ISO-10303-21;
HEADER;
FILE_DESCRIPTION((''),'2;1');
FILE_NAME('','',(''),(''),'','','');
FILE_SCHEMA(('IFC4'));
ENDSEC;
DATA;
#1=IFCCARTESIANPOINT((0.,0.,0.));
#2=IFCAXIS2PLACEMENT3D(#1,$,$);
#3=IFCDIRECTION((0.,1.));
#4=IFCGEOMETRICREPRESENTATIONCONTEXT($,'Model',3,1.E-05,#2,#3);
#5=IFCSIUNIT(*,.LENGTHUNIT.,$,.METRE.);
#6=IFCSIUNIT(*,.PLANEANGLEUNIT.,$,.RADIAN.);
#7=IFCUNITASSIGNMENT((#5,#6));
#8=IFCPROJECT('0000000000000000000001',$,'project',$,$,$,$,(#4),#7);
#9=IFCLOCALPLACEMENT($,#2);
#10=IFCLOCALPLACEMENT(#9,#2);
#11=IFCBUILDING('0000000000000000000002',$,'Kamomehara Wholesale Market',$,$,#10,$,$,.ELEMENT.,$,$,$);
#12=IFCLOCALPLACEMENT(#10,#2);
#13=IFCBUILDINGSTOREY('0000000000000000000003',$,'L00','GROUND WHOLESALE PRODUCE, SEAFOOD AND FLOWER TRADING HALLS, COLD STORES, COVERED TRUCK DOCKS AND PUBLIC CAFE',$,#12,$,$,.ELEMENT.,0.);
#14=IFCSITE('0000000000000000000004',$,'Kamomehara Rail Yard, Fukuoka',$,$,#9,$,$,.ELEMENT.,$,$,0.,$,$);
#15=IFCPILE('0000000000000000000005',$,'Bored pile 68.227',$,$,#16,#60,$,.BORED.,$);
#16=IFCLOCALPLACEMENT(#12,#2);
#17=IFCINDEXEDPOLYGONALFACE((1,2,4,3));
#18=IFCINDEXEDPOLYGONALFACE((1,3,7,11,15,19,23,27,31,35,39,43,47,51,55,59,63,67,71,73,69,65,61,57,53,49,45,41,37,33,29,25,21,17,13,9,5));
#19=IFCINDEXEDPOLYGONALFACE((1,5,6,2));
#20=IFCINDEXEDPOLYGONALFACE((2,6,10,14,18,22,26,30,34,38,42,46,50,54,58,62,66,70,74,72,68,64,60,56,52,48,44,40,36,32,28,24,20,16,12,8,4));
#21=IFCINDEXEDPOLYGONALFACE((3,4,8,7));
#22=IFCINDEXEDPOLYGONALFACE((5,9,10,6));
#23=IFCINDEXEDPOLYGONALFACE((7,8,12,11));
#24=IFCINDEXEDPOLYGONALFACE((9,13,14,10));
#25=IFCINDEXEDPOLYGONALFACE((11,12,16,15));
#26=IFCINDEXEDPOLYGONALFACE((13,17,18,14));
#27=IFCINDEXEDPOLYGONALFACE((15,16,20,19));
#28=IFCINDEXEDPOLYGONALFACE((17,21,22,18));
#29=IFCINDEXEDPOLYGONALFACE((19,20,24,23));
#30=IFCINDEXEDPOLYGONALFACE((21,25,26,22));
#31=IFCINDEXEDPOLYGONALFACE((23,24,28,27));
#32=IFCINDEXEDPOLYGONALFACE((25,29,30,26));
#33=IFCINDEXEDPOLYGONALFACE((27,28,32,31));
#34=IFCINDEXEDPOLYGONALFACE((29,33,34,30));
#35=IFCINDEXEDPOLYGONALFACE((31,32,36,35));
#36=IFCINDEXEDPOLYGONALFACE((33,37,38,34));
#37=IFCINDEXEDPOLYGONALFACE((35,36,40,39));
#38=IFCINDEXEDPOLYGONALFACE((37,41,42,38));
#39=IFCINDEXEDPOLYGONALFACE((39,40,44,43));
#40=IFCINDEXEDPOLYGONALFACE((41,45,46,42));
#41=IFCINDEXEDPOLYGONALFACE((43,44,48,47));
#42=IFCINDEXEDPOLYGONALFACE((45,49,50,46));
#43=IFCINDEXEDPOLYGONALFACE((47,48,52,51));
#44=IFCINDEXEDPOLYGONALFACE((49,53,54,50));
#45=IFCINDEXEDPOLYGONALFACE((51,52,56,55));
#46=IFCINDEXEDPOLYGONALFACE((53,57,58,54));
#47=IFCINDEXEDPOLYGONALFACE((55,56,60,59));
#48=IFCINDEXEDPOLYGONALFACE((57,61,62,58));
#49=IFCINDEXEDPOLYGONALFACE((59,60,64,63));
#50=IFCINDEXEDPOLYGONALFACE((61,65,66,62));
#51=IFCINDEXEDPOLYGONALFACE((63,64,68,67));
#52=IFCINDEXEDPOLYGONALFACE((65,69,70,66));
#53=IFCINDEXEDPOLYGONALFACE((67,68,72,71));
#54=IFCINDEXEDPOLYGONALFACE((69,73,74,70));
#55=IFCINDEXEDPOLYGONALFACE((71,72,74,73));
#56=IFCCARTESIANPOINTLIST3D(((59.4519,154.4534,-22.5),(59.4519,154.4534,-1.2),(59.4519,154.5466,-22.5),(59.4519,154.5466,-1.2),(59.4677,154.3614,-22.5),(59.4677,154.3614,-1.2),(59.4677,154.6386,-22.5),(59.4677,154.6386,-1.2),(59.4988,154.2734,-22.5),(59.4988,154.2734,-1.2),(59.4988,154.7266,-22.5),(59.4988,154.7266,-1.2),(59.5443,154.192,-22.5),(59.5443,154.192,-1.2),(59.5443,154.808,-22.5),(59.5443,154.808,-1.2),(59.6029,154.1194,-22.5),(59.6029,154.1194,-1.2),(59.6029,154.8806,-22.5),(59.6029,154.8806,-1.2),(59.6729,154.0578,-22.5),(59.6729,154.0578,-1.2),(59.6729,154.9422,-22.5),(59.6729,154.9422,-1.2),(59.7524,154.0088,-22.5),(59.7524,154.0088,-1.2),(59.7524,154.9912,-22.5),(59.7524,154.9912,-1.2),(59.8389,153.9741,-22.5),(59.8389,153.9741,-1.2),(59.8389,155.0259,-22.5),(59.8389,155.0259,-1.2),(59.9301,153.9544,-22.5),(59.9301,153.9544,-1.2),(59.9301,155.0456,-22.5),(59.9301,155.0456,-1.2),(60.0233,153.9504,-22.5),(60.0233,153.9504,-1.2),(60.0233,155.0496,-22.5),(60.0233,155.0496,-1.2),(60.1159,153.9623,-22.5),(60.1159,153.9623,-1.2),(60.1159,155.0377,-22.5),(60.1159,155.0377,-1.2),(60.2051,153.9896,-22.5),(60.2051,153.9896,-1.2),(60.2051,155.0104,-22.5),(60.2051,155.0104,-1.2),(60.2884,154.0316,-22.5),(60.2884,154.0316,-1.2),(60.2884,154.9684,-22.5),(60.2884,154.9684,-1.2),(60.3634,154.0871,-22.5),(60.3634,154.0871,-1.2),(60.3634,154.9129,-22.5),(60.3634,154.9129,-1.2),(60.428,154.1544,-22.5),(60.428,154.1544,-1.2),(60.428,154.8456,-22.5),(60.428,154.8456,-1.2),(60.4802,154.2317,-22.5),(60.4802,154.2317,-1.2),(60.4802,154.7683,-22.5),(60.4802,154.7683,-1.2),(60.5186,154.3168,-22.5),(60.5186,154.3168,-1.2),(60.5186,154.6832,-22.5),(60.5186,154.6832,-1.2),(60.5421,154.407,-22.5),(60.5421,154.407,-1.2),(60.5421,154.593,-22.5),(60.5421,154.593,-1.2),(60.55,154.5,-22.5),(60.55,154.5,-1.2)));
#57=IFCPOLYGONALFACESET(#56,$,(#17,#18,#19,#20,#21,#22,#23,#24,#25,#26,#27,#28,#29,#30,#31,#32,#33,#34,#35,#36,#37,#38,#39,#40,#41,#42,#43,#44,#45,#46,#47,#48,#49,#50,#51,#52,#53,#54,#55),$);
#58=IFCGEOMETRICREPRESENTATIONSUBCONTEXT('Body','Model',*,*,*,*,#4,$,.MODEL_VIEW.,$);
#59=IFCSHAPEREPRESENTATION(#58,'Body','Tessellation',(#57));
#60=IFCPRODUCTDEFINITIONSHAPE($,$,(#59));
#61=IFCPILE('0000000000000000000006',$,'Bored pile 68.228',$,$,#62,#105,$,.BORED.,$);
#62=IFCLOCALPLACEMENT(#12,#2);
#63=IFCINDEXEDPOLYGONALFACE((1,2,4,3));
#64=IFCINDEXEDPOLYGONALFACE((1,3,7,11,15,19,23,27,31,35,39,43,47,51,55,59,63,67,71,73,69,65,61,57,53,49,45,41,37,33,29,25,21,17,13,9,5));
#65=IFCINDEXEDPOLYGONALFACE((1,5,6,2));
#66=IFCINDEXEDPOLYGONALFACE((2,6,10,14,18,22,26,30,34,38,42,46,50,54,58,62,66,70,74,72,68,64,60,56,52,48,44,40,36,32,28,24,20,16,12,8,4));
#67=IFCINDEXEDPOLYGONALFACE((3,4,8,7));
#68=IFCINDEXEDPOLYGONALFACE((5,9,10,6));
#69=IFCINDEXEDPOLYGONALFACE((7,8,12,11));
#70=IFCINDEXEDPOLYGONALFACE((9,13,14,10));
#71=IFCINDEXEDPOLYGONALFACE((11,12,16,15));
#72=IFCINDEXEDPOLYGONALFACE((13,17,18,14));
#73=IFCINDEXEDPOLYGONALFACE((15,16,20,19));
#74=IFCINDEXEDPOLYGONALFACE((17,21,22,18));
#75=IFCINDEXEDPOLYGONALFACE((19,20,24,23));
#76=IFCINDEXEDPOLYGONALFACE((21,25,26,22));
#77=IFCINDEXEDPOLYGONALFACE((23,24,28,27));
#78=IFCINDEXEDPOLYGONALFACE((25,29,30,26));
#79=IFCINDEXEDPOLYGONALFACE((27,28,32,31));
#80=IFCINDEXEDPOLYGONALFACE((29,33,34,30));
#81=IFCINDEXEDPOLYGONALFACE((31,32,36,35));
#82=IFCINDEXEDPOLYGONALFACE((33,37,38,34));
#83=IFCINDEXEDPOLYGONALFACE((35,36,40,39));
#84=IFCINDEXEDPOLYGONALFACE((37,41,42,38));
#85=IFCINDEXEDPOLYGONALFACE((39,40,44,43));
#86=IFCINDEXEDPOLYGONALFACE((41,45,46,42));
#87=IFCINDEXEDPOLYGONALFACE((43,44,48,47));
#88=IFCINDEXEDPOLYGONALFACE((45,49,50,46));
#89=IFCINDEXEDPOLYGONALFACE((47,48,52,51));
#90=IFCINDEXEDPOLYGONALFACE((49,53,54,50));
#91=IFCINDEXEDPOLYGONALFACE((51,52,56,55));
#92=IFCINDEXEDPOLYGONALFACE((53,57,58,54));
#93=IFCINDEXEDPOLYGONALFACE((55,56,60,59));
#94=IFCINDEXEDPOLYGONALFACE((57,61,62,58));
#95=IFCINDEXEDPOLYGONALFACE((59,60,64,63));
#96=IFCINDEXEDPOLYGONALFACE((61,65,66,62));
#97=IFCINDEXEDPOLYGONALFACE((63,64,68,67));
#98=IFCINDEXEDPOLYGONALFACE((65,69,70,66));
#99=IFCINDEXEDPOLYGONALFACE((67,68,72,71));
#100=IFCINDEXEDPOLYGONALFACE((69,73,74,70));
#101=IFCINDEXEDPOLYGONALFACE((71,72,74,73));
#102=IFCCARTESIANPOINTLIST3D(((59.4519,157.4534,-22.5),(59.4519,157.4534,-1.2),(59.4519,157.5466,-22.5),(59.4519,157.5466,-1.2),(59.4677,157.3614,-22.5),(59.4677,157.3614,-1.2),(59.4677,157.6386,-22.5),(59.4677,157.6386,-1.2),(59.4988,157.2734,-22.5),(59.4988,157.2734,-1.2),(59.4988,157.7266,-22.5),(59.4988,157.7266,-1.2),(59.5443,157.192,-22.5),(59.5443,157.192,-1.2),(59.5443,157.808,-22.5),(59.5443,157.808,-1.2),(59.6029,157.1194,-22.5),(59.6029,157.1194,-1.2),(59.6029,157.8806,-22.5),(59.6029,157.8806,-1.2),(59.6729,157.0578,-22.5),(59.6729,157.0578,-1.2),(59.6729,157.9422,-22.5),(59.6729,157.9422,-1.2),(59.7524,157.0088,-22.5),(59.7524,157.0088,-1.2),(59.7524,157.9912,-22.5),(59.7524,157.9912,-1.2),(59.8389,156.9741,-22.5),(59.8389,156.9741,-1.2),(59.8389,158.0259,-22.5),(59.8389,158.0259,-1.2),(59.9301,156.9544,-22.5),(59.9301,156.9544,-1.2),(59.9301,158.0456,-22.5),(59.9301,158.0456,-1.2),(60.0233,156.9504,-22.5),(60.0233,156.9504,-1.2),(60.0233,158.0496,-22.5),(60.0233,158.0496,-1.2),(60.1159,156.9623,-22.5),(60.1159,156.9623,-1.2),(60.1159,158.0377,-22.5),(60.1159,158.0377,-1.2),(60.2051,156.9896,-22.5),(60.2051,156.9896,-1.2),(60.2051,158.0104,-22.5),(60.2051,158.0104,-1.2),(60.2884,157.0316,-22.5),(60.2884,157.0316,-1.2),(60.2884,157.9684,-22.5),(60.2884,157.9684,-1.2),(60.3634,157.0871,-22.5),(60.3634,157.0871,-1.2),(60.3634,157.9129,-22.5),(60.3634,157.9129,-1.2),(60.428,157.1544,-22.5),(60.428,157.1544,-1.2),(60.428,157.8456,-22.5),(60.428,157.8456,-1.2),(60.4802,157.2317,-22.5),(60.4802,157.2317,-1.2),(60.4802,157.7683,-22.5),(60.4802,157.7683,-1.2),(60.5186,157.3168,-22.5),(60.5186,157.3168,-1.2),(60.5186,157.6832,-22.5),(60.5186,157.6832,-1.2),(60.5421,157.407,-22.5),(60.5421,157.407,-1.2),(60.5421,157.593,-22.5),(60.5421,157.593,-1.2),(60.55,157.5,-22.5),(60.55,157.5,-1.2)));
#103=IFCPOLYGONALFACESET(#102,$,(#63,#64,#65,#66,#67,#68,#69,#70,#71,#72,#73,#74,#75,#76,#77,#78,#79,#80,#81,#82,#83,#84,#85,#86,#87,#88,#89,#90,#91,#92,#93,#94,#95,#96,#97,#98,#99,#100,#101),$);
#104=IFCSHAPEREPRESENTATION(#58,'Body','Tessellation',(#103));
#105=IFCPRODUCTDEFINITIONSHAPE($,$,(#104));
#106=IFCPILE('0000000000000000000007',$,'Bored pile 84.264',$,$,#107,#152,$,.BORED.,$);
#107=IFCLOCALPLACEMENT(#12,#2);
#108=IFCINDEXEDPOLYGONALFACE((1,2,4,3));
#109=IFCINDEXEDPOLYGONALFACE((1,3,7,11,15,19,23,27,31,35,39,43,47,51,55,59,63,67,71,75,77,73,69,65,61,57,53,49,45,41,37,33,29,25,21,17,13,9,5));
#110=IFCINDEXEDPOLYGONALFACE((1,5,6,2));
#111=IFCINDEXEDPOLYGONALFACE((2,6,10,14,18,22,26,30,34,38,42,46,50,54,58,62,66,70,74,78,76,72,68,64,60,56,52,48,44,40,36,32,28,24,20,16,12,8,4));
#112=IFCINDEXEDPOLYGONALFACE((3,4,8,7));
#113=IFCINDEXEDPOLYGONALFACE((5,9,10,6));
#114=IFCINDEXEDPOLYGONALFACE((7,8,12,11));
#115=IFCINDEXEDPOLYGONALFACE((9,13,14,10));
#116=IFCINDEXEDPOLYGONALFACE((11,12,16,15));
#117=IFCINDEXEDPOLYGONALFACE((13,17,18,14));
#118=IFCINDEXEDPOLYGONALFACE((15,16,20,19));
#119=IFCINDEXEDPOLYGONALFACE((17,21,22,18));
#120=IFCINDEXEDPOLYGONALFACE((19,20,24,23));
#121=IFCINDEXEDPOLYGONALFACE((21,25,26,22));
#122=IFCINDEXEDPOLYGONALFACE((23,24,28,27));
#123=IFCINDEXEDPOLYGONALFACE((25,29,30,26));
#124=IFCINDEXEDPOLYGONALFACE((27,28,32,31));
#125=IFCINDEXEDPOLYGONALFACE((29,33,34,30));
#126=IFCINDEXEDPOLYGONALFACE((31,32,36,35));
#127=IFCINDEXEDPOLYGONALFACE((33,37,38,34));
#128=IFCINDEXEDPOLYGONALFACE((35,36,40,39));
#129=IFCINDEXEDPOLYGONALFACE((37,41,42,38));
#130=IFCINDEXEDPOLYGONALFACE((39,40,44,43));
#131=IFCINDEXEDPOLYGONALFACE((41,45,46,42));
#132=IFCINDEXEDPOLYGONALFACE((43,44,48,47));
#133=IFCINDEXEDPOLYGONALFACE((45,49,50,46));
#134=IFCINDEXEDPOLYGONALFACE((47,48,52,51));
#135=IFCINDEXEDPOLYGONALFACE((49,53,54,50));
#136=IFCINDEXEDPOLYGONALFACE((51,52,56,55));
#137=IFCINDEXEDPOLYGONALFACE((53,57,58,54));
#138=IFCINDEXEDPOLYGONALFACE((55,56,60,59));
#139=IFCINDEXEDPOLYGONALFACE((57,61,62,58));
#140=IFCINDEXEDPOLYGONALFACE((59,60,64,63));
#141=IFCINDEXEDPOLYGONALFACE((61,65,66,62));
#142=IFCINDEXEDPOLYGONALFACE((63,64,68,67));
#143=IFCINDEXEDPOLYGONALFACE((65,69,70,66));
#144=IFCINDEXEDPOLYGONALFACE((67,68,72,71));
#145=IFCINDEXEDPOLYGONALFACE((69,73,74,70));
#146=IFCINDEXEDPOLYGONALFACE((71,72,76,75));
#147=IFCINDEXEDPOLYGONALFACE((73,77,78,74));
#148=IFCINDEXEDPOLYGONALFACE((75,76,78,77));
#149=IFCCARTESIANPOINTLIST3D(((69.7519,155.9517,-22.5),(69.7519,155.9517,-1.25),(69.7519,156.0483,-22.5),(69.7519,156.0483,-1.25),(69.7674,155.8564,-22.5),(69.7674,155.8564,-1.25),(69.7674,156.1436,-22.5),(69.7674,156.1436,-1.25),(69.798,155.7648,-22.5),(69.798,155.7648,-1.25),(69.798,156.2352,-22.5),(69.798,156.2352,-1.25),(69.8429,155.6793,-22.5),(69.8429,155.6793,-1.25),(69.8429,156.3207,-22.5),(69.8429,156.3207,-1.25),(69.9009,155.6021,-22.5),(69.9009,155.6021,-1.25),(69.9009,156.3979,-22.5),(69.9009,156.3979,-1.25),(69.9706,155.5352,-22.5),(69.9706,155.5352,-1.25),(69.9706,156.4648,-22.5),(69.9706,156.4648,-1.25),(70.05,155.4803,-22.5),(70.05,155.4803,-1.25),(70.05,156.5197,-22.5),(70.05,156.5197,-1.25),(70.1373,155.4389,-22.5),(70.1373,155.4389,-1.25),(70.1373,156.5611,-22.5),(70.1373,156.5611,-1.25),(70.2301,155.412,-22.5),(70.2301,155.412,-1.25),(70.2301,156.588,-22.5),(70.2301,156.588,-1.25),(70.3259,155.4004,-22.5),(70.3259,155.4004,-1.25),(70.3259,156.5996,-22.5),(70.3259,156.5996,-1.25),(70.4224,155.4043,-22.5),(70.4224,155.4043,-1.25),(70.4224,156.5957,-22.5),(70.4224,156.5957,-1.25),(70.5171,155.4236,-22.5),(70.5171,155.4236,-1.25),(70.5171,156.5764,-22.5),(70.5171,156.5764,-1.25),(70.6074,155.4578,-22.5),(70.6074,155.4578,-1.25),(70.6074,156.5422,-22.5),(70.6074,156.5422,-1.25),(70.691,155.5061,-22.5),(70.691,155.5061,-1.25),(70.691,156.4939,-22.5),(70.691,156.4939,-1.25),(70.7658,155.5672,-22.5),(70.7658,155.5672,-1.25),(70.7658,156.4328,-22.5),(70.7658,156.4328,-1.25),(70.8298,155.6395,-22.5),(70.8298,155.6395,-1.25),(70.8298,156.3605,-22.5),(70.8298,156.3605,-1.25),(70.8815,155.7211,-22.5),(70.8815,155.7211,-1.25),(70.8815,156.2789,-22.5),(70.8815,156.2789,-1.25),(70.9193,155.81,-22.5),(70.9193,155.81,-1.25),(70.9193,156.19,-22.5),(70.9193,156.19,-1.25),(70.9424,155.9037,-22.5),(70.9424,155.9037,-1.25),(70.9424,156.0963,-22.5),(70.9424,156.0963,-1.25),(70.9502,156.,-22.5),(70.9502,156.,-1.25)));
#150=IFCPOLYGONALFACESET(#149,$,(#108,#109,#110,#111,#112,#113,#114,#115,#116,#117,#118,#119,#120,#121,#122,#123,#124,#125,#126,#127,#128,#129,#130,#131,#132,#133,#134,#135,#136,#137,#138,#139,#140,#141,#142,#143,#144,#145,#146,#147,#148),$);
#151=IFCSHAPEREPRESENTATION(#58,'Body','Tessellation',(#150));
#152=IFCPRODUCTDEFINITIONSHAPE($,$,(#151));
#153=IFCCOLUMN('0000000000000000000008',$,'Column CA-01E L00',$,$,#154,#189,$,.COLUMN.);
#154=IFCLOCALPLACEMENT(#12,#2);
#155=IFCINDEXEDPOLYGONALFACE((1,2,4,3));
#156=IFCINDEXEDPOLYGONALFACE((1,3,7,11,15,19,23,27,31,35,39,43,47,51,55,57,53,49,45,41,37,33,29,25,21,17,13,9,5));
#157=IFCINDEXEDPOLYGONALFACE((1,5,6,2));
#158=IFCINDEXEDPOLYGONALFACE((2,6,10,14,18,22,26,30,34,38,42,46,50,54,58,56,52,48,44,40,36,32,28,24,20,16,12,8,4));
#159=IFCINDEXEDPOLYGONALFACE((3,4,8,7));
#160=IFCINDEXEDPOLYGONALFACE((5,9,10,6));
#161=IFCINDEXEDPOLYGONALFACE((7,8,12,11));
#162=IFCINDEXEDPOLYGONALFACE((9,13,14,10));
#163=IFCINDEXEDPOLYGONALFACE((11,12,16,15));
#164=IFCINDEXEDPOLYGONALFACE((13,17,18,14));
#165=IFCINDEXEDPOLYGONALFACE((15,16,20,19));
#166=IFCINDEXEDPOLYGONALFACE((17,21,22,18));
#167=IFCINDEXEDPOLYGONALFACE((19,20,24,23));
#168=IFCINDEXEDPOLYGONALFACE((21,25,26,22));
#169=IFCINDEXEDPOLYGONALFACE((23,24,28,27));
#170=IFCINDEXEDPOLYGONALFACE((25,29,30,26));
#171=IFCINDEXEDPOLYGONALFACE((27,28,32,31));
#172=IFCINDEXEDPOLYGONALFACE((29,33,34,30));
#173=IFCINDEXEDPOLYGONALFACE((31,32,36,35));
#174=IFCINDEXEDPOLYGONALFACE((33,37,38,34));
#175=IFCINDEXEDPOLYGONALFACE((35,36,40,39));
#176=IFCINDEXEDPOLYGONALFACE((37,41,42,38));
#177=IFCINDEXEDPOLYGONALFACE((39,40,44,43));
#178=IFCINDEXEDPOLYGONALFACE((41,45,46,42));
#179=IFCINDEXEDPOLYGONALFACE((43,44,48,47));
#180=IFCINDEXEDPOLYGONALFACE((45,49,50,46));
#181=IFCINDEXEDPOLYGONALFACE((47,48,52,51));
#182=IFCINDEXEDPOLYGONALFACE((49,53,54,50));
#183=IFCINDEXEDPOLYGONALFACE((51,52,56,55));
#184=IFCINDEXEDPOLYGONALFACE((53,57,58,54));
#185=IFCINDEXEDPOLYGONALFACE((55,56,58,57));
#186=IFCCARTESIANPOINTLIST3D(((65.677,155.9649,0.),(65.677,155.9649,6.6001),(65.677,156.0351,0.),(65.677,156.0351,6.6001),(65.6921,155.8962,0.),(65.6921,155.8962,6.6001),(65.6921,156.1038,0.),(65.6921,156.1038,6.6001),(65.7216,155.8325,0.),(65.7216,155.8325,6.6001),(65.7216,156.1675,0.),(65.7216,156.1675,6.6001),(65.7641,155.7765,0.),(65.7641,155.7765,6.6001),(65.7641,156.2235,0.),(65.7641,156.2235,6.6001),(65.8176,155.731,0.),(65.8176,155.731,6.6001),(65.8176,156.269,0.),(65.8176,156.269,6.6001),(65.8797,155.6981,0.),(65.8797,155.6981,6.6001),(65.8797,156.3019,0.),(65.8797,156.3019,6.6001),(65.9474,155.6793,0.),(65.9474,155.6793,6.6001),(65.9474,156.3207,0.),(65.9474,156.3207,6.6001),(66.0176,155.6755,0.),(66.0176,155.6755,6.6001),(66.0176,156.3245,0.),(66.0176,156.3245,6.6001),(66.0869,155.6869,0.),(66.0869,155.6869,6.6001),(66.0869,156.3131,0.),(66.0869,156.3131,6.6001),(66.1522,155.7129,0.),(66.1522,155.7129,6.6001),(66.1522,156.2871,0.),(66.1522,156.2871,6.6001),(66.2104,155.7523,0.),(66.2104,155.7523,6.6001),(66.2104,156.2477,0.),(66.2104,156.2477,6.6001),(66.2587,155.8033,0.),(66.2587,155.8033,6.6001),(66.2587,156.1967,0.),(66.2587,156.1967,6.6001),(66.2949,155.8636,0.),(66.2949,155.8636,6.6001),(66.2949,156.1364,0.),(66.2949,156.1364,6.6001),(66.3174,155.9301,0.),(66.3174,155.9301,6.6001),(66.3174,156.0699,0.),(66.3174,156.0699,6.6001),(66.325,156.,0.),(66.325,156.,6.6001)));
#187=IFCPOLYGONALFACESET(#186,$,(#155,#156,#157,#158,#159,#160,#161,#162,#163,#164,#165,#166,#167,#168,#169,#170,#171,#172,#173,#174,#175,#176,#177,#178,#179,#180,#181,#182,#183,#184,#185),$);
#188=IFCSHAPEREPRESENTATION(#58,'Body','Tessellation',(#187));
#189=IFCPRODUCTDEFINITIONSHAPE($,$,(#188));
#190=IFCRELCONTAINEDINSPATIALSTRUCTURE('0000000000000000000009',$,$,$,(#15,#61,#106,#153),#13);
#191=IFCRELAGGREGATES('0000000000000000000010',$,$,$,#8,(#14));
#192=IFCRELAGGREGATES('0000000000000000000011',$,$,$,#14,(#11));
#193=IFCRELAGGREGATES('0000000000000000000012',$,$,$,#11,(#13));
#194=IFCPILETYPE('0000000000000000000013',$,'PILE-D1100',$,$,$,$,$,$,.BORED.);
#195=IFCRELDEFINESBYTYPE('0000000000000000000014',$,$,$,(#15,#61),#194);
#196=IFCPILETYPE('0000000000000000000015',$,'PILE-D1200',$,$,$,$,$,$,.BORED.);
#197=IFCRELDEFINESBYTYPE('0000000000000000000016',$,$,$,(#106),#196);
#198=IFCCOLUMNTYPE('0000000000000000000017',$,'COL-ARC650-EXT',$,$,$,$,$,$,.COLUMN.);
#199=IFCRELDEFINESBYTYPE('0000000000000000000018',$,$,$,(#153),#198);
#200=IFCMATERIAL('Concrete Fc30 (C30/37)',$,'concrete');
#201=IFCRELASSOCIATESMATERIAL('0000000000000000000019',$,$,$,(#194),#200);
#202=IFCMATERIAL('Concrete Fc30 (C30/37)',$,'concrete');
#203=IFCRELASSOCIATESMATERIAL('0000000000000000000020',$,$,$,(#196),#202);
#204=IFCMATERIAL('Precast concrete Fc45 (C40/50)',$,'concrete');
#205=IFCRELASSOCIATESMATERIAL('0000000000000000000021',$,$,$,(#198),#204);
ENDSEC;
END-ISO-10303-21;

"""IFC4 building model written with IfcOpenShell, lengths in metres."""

from ifc_helpers import new_model, si_unit, direction, frame, origin, origin_2d, place, context, subcontext, project, spatial, circle, extrude, material, material_profile, profile_set, type_object, element, save


model = new_model("IFC4")

# Units and contexts
model_context = context("Model", 3, precision=1e-05, world=origin(), true_north=direction((0.0, 1.0)))
body_context = subcontext(model_context, "Body", "Model", "MODEL_VIEW")
ifc_project = project(units=[si_unit("LENGTHUNIT", "METRE"), si_unit("PLANEANGLEUNIT", "RADIAN")], contexts=[model_context])

# Site, building, storey
site_placement = place(None, origin())
site = spatial("IfcSite", under=ifc_project, at=site_placement, Name="Kamomehara Rail Yard, Fukuoka", CompositionType="ELEMENT", RefElevation=0.0)
building_placement = place(site_placement, origin())
building = spatial("IfcBuilding", under=site, at=building_placement, Name="Kamomehara Wholesale Market", CompositionType="ELEMENT")
storey_placement = place(building_placement, origin())
storey = spatial("IfcBuildingStorey", under=building, at=storey_placement, Name="L00", Description="GROUND WHOLESALE PRODUCE, SEAFOOD AND FLOWER TRADING HALLS, COLD STORES, COVERED TRUCK DOCKS AND PUBLIC CAFE", CompositionType="ELEMENT", Elevation=0.0)

# Piles
ifc_material_1 = material(Name="Concrete Fc30 (C30/37)", Category="concrete")
ifc_material_profile_1 = material_profile(ifc_material_1, circle(Radius=0.55, at=origin_2d()), Name="RC-PILE-D1100")
ifc_profile_set_1 = profile_set([ifc_material_profile_1], Name="Concrete Fc30 (C30/37)")
pile_type_1 = type_object("IfcPileType", Name="PILE-D1100", PredefinedType="BORED", material=ifc_profile_set_1)
for number, where, z_axis, x_axis, name in (
    (1, (60.0, 154.5, -1.2), (0.0, 0.0, -1.0), (1.0, 0.0, 0.0), "Bored pile 68.227"),
    (2, (60.0, 157.5, -1.2), (0.0, 0.0, -1.0), (1.0, 0.0, 0.0), "Bored pile 68.228"),
):
    element("IfcPile", number, at=place(storey_placement, frame(where, z_axis=z_axis, x_axis=x_axis)), inside=storey, type_object=pile_type_1, Name=name, PredefinedType="BORED", context=body_context, shape_type="SweptSolid", body=[
        extrude(circle(Radius=0.55, at=origin_2d()), origin(), (0.0, 0.0, 1.0), 21.3),
    ])
ifc_material_2 = material(Name="Concrete Fc30 (C30/37)", Category="concrete")
ifc_material_profile_2 = material_profile(ifc_material_2, circle(Radius=0.6001, at=origin_2d()), Name="RC-PILE-D1200")
ifc_profile_set_2 = profile_set([ifc_material_profile_2], Name="Concrete Fc30 (C30/37)")
pile_type_2 = type_object("IfcPileType", Name="PILE-D1200", PredefinedType="BORED", material=ifc_profile_set_2)
pile_1_placement = place(storey_placement, frame((70.3501, 156.0, -1.25), z_axis=(0.0, 0.0, -1.0), x_axis=(1.0, 0.0, 0.0)))
element("IfcPile", 3, at=pile_1_placement, inside=storey, type_object=pile_type_2, Name="Bored pile 84.264", PredefinedType="BORED", context=body_context, shape_type="SweptSolid", body=[
    extrude(circle(Radius=0.6001, at=origin_2d()), origin(), (0.0, 0.0, 1.0), 21.25),
])

# Column
ifc_material_3 = material(Name="Precast concrete Fc45 (C40/50)", Category="concrete")
ifc_material_profile_3 = material_profile(ifc_material_3, circle(Radius=0.325, at=origin_2d()), Name="PC-ARC-D650")
ifc_profile_set_3 = profile_set([ifc_material_profile_3], Name="Precast concrete Fc45 (C40/50)")
column_type_1 = type_object("IfcColumnType", Name="COL-ARC650-EXT", PredefinedType="COLUMN", material=ifc_profile_set_3)
column_1_placement = place(storey_placement, frame((66.0, 156.0, 0.0), z_axis=(0.0, 0.0, 1.0), x_axis=(1.0, 0.0, 0.0)))
element("IfcColumn", 4, at=column_1_placement, inside=storey, type_object=column_type_1, Name="Column CA-01E L00", PredefinedType="COLUMN", context=body_context, shape_type="SweptSolid", body=[
    extrude(circle(Radius=0.325, at=origin_2d()), origin(), (0.0, 0.0, 1.0), 6.6001),
])

save(model, "model.ifc")
